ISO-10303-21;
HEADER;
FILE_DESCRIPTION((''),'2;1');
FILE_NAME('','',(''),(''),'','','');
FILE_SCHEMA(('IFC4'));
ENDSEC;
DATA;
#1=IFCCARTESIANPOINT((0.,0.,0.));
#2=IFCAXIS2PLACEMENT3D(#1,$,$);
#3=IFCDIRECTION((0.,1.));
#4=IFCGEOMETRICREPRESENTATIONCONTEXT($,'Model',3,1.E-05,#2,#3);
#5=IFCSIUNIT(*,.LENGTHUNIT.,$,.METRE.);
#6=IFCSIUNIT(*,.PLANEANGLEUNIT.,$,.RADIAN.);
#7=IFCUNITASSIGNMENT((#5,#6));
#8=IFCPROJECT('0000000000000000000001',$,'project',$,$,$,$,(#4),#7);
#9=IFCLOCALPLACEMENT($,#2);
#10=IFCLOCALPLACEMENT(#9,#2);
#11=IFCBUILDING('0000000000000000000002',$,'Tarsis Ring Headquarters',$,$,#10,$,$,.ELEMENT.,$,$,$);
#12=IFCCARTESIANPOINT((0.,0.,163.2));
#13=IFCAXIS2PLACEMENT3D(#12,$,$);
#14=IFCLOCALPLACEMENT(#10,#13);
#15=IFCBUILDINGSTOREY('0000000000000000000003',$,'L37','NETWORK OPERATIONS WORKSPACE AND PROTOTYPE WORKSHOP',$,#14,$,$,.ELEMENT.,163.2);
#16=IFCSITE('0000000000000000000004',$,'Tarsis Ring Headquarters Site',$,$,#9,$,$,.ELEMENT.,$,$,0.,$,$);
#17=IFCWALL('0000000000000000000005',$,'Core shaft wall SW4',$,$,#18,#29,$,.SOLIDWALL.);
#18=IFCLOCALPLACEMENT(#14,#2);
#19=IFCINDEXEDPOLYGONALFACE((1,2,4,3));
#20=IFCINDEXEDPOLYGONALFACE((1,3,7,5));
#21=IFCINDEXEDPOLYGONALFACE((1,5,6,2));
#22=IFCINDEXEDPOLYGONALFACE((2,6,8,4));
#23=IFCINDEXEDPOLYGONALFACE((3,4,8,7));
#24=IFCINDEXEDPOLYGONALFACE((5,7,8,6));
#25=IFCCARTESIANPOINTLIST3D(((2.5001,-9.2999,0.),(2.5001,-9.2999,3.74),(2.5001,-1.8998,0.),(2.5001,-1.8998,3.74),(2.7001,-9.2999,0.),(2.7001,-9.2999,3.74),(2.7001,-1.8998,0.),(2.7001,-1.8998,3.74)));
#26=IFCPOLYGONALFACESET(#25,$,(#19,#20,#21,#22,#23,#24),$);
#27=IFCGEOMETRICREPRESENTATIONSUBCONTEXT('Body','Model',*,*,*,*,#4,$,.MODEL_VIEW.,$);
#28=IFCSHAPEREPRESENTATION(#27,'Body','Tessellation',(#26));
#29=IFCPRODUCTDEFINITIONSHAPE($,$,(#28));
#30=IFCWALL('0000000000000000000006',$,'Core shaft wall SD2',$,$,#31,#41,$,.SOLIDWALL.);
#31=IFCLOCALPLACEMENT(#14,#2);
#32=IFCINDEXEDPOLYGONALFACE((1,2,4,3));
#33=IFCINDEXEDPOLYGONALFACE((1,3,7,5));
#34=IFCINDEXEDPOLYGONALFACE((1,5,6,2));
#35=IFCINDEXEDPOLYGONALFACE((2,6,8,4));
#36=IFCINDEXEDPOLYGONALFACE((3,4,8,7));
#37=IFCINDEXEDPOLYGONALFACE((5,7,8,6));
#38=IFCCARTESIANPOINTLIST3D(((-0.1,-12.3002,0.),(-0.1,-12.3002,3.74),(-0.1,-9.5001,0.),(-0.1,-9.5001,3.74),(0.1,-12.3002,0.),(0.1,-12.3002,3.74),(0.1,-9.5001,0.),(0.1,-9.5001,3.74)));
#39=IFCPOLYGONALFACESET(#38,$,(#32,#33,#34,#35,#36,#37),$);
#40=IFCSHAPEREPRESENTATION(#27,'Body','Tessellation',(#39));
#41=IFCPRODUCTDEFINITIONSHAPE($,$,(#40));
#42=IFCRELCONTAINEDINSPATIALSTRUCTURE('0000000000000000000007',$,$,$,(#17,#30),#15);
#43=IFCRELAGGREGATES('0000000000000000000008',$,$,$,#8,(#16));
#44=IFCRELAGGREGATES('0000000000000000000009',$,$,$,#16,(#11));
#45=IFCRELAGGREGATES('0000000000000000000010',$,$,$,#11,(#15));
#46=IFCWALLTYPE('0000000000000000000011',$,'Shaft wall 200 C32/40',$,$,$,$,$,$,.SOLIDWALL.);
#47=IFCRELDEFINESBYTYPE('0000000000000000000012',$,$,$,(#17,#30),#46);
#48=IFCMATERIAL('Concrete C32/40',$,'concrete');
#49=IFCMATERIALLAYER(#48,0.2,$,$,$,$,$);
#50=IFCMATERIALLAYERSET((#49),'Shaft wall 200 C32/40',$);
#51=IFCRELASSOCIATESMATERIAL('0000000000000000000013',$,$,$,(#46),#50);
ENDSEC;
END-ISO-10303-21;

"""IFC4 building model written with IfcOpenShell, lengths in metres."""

from ifc_helpers import new_model, si_unit, direction, frame, frame_2d, origin, place, context, subcontext, project, spatial, rectangle, extrude, material, layer, layer_set, type_object, element, save


model = new_model("IFC4")

# Units and contexts
model_context = context("Model", 3, precision=1e-05, world=origin(), true_north=direction((0.0, 1.0)))
body_context = subcontext(model_context, "Body", "Model", "MODEL_VIEW")
ifc_project = project(units=[si_unit("LENGTHUNIT", "METRE"), si_unit("PLANEANGLEUNIT", "RADIAN")], contexts=[model_context])

# Site, building, storey
site_placement = place(None, origin())
site = spatial("IfcSite", under=ifc_project, at=site_placement, Name="Tarsis Ring Headquarters Site", CompositionType="ELEMENT", RefElevation=0.0)
building_placement = place(site_placement, origin())
building = spatial("IfcBuilding", under=site, at=building_placement, Name="Tarsis Ring Headquarters", CompositionType="ELEMENT")
storey_placement = place(building_placement, frame((0.0, 0.0, 163.2)))
storey = spatial("IfcBuildingStorey", under=building, at=storey_placement, Name="L37", Description="NETWORK OPERATIONS WORKSPACE AND PROTOTYPE WORKSHOP", CompositionType="ELEMENT", Elevation=163.2)

# Walls
ifc_material_1 = material(Name="Concrete C32/40", Category="concrete")
ifc_layer_1 = layer(ifc_material_1, 0.2)
ifc_layer_set_1 = layer_set([ifc_layer_1], Name="Shaft wall 200 C32/40")
wall_type_1 = type_object("IfcWallType", Name="Shaft wall 200 C32/40", PredefinedType="SOLIDWALL", material=ifc_layer_set_1)
for number, where, z_axis, x_axis, name in (
    (1, (2.6001, -9.3, 0.0), (0.0, 0.0, 1.0), (0.0, 1.0, 0.0), "Core shaft wall SW4"),
):
    element("IfcWall", number, at=place(storey_placement, frame(where, z_axis=z_axis, x_axis=x_axis)), inside=storey, type_object=wall_type_1, Name=name, PredefinedType="SOLIDWALL", context=body_context, shape_type="SweptSolid", body=[
        extrude(rectangle(XDim=7.4001, YDim=0.2, at=frame_2d((3.7002, 0.0))), origin(), (0.0, 0.0, 1.0), 3.74),
    ])
wall_1_placement = place(storey_placement, frame((0.0, -12.3, 0.0), z_axis=(0.0, 0.0, 1.0), x_axis=(0.0, 1.0, 0.0)))
element("IfcWall", 2, at=wall_1_placement, inside=storey, type_object=wall_type_1, Name="Core shaft wall SD2", PredefinedType="SOLIDWALL", context=body_context, shape_type="SweptSolid", body=[
    extrude(rectangle(XDim=2.8, YDim=0.2, at=frame_2d((1.3999, 0.0))), origin(), (0.0, 0.0, 1.0), 3.74),
])

save(model, "model.ifc")
